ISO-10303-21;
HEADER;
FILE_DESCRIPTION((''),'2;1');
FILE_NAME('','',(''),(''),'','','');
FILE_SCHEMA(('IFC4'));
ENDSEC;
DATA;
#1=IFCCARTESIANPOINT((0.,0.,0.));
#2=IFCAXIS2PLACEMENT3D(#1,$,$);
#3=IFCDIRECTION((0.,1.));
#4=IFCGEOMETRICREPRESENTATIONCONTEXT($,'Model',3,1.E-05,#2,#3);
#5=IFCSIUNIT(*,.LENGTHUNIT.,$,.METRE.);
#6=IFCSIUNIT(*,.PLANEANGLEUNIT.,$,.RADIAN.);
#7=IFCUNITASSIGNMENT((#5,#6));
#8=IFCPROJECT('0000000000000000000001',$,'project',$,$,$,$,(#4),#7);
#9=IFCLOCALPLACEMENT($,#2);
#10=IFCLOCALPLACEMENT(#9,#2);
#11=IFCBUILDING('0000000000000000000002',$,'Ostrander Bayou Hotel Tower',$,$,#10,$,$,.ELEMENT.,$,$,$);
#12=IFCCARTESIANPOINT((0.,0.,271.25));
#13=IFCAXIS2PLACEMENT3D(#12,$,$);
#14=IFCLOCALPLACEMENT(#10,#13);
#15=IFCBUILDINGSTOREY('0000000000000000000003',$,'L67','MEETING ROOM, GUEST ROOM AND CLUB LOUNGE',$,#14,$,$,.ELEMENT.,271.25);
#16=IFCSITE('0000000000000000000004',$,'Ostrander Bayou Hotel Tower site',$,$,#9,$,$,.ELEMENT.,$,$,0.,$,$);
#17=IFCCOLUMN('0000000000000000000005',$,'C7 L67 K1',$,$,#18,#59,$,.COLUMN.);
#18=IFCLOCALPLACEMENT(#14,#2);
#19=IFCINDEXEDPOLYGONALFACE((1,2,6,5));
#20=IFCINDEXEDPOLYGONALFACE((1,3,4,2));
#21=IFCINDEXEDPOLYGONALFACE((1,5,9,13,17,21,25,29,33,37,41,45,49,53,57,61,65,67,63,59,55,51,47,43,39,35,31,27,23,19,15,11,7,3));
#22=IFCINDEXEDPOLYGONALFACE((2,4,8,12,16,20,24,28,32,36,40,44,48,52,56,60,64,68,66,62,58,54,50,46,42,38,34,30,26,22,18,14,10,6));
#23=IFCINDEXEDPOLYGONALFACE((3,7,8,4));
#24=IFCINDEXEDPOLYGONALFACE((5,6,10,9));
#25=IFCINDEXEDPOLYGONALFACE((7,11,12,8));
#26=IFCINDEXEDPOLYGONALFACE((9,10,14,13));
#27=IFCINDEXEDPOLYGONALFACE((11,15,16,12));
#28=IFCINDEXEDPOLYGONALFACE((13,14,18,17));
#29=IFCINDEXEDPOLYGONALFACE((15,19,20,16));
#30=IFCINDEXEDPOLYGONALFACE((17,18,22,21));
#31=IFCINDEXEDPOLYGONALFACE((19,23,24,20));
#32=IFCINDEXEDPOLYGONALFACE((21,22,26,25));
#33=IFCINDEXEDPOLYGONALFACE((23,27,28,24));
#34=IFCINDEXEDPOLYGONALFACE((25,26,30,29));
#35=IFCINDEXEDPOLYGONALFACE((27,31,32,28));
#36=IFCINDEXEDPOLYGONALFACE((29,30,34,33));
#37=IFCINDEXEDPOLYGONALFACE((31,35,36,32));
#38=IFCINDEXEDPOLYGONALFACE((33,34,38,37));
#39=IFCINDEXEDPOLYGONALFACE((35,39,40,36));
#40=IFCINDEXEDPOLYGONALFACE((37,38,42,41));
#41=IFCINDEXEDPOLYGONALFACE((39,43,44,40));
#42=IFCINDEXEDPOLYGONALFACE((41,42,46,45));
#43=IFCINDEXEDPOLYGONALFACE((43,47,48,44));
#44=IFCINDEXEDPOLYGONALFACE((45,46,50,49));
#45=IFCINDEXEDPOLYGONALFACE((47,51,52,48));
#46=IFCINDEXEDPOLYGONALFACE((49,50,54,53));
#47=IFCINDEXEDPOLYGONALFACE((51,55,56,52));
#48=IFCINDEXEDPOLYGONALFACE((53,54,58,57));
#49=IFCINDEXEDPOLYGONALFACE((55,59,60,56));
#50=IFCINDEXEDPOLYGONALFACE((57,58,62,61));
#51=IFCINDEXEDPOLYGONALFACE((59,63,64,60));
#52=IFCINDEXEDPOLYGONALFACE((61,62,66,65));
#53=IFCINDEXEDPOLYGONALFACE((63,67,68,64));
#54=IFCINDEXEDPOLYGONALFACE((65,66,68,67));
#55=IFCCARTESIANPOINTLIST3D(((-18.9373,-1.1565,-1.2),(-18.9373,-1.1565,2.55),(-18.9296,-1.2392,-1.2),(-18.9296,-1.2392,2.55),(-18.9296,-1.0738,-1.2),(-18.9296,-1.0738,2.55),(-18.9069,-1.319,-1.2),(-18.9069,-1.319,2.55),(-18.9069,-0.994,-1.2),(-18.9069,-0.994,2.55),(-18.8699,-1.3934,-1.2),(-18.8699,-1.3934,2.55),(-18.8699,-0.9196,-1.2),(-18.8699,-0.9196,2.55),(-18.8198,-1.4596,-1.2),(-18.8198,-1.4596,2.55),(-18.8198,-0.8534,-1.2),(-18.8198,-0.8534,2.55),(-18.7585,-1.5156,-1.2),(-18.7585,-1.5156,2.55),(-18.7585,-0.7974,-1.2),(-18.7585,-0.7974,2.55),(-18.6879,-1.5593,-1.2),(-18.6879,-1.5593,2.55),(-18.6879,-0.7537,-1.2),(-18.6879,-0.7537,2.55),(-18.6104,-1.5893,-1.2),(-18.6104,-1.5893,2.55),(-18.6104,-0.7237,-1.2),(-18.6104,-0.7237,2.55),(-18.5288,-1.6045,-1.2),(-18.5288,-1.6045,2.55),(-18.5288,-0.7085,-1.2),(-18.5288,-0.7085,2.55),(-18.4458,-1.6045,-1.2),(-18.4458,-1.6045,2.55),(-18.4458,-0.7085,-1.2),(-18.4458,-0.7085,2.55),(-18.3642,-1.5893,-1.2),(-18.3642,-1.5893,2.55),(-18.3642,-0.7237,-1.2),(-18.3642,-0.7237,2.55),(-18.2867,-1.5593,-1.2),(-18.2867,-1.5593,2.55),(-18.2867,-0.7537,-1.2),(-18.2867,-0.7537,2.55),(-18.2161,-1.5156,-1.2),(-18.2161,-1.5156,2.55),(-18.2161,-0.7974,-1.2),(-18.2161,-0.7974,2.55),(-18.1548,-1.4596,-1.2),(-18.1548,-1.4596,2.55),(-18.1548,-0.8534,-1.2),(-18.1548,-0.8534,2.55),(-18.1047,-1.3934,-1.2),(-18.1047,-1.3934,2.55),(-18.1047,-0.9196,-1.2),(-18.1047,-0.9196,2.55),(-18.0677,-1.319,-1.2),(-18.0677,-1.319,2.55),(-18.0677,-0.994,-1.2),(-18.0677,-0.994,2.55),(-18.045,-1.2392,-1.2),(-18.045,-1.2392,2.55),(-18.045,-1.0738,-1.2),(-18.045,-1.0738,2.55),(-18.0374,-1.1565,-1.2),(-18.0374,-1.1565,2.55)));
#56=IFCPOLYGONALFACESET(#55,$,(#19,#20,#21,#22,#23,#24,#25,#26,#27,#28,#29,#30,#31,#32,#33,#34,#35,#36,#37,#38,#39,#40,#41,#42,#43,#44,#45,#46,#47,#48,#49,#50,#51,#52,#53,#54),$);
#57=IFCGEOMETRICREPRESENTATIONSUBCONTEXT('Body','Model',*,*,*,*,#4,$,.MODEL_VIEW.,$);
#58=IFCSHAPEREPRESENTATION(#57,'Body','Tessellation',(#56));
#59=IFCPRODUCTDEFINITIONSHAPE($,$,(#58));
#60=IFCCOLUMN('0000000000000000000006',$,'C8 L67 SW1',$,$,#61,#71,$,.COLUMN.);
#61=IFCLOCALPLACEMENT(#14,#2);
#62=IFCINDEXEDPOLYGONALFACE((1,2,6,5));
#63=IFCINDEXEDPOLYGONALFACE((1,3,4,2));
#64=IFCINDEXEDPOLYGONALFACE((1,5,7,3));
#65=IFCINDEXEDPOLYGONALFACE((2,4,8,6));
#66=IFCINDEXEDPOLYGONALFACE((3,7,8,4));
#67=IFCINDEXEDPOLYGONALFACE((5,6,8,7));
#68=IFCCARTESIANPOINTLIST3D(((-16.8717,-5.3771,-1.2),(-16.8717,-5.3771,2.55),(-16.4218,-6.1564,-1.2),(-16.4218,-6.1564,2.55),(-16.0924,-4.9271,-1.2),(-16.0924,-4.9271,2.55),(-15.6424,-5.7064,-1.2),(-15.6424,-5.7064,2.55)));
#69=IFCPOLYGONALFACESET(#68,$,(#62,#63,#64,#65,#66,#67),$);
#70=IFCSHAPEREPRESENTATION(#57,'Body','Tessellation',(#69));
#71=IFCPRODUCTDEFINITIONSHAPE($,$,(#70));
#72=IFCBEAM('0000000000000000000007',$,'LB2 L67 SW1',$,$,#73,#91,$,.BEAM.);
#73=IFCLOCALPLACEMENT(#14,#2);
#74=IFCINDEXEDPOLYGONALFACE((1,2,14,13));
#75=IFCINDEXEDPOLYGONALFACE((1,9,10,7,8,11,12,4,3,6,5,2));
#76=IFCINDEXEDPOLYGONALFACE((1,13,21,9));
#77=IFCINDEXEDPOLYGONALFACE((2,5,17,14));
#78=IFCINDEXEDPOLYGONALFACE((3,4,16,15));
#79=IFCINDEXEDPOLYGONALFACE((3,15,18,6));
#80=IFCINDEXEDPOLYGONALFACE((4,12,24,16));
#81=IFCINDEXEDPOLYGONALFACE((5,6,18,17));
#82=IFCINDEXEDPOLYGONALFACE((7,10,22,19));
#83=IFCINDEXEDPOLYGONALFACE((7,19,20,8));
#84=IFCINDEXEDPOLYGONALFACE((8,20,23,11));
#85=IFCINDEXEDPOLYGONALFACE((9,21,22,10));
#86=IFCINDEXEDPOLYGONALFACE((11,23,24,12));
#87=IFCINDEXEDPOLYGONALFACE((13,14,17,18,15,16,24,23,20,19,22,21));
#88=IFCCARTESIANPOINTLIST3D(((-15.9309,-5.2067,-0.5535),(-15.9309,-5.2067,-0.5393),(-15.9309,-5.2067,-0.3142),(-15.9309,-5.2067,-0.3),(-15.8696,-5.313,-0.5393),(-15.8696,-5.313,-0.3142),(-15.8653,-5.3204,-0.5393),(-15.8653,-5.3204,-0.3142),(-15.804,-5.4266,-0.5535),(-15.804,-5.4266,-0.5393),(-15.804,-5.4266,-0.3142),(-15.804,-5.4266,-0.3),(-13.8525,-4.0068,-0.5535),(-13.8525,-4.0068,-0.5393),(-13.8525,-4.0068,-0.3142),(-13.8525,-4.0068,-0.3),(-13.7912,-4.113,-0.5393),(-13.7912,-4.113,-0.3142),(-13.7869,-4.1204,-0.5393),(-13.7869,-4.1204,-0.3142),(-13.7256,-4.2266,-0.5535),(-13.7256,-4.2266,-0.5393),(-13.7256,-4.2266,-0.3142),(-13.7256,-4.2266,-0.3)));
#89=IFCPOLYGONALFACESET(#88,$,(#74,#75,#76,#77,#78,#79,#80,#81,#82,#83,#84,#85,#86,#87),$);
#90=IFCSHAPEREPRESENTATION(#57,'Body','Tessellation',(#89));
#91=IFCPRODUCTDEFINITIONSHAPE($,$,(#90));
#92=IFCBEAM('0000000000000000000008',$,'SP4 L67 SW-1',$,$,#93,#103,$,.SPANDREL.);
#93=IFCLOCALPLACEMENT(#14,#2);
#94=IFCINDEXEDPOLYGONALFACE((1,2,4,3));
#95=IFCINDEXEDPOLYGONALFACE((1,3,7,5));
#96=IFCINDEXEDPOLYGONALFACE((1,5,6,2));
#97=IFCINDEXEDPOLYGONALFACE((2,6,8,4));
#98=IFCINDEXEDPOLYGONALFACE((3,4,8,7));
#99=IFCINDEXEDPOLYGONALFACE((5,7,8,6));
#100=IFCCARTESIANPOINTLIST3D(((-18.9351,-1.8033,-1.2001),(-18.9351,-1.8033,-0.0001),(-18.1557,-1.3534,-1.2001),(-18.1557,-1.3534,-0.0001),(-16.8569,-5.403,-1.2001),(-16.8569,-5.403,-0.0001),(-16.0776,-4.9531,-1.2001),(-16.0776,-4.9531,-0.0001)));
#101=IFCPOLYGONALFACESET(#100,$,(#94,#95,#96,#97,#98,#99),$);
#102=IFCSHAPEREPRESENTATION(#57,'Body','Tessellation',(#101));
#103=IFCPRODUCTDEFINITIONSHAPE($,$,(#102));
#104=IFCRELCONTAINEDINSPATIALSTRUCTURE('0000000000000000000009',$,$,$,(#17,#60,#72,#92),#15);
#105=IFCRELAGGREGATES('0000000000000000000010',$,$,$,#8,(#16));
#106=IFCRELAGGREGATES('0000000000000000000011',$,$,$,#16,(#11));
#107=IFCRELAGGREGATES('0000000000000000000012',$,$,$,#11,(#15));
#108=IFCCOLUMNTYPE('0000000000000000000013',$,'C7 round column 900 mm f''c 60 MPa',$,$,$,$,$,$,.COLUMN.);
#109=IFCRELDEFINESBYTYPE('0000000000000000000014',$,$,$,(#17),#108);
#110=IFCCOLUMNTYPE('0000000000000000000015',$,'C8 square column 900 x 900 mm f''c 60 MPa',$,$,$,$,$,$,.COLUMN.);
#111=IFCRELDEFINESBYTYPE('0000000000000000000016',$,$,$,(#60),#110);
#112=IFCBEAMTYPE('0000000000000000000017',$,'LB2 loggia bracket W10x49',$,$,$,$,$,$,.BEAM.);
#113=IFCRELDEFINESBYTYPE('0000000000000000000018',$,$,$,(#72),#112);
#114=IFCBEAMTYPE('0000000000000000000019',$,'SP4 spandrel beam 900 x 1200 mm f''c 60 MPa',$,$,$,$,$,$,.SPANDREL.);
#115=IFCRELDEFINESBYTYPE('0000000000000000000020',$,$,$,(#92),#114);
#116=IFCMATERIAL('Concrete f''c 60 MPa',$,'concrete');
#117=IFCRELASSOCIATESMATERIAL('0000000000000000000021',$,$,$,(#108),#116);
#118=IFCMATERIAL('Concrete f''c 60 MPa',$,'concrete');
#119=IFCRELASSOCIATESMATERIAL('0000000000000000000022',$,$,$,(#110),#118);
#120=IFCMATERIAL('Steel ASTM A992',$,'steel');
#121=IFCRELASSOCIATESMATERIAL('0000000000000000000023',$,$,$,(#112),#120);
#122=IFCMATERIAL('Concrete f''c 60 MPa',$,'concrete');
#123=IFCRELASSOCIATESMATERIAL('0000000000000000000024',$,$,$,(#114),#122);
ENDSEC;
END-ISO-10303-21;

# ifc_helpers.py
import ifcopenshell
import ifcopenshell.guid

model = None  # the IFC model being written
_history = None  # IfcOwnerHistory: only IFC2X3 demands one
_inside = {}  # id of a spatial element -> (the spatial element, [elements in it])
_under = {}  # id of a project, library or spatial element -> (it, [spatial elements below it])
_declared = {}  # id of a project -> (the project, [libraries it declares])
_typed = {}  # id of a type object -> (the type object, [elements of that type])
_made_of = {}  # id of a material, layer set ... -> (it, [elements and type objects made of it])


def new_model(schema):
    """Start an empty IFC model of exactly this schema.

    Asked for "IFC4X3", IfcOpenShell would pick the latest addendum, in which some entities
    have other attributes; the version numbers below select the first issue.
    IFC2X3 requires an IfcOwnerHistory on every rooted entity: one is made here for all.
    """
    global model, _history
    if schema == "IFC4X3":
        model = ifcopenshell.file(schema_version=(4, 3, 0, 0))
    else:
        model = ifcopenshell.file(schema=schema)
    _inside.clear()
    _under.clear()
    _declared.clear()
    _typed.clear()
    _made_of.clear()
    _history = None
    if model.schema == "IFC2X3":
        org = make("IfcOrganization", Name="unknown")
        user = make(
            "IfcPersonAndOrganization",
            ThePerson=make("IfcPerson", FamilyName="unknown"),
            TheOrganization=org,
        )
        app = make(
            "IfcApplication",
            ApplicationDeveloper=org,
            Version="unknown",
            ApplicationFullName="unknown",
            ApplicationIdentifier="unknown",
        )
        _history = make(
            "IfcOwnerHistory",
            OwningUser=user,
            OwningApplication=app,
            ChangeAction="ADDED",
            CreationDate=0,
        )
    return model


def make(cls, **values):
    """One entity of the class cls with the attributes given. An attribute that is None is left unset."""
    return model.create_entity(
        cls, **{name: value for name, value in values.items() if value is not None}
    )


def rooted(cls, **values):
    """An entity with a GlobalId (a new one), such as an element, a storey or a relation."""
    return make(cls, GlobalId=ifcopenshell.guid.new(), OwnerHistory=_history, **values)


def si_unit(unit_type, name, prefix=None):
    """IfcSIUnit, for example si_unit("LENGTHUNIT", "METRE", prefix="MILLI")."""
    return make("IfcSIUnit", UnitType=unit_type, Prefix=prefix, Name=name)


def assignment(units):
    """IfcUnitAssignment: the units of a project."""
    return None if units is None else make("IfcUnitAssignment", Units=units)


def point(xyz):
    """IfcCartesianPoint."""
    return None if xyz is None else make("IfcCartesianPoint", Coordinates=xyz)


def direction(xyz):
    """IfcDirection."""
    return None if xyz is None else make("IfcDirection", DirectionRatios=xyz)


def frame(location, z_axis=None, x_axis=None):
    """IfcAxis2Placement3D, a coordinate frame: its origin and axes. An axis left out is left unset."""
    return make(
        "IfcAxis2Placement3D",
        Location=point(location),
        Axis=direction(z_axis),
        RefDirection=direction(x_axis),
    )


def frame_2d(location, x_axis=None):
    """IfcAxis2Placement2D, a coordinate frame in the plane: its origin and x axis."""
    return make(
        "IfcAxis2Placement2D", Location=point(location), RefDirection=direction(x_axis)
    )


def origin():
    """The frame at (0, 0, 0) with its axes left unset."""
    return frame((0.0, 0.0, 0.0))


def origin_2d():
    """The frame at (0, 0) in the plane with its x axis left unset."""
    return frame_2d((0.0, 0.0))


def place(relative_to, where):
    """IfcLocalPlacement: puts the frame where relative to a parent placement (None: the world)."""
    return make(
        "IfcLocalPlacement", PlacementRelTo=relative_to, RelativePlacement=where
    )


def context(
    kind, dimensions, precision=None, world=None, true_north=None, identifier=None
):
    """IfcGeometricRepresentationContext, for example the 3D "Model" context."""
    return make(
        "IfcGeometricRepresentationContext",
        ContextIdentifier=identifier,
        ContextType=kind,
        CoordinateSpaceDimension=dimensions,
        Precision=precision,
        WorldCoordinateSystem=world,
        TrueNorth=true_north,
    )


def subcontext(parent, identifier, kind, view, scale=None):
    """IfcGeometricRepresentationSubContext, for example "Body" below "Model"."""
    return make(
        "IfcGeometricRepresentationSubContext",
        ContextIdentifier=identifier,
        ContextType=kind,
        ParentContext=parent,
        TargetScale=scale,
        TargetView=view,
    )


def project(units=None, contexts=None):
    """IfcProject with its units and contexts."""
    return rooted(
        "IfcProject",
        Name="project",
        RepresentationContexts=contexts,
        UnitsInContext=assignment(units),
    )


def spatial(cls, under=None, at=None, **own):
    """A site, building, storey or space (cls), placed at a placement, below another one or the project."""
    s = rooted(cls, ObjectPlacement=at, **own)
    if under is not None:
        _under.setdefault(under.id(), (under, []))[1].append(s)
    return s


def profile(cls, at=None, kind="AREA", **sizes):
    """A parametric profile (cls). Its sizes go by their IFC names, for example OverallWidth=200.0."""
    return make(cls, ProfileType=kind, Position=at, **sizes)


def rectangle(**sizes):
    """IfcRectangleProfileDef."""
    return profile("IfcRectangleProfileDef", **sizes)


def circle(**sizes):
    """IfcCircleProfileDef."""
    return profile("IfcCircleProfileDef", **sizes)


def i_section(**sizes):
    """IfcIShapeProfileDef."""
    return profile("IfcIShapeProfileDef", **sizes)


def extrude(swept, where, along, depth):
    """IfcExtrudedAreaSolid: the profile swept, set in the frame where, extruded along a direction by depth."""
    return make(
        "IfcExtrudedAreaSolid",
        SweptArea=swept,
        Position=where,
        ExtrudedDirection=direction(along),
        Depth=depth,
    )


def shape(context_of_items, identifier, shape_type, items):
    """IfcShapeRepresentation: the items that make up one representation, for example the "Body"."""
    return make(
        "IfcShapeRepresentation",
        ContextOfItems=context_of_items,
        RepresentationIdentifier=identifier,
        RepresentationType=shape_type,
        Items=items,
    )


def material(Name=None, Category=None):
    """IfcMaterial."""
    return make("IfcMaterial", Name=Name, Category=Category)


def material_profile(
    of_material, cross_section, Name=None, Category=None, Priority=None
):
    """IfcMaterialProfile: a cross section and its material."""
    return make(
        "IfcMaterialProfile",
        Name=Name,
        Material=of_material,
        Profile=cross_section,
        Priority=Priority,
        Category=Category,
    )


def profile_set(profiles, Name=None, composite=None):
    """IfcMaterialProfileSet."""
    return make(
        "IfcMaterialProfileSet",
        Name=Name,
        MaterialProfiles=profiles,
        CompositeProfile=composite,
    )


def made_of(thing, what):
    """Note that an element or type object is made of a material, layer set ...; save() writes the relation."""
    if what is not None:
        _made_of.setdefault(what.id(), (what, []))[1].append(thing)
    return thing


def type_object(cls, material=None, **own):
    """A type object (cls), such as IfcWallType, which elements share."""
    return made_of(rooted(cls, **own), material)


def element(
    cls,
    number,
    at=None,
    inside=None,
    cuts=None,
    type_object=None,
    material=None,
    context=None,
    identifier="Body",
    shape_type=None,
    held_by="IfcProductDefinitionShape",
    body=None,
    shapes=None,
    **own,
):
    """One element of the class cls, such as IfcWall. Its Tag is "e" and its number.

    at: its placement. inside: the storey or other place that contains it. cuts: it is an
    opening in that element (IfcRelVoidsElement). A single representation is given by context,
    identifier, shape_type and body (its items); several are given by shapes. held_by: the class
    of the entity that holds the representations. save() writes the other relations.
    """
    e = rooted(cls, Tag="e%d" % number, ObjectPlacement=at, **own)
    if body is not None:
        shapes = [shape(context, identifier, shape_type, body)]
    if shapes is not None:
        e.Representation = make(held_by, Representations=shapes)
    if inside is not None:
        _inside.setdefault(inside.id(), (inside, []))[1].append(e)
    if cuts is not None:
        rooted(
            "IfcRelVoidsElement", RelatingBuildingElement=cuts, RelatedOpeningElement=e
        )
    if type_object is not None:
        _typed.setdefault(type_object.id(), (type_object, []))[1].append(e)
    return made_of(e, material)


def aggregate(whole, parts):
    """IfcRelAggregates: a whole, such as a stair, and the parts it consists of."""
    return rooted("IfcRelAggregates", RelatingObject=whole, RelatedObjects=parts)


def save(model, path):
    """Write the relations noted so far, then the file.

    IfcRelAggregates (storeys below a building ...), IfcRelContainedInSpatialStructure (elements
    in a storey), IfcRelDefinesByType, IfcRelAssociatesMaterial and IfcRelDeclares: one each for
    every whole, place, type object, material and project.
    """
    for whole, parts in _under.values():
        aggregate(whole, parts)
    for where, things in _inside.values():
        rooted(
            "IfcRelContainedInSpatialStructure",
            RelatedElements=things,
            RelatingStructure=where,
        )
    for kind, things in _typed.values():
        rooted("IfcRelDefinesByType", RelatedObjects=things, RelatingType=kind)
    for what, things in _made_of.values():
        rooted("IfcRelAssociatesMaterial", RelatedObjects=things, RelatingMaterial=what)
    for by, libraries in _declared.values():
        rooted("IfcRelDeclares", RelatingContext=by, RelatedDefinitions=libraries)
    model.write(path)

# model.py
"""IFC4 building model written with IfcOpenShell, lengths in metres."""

from ifc_helpers import new_model, si_unit, direction, frame, origin, origin_2d, place, context, subcontext, project, spatial, rectangle, circle, i_section, extrude, material, material_profile, profile_set, type_object, element, save


model = new_model("IFC4")

# Units and contexts
model_context = context("Model", 3, precision=1e-05, world=origin(), true_north=direction((0.0, 1.0)))
body_context = subcontext(model_context, "Body", "Model", "MODEL_VIEW")
ifc_project = project(units=[si_unit("LENGTHUNIT", "METRE"), si_unit("PLANEANGLEUNIT", "RADIAN")], contexts=[model_context])

# Site, building, storey
site_placement = place(None, origin())
site = spatial("IfcSite", under=ifc_project, at=site_placement, Name="Ostrander Bayou Hotel Tower site", CompositionType="ELEMENT", RefElevation=0.0)
building_placement = place(site_placement, origin())
building = spatial("IfcBuilding", under=site, at=building_placement, Name="Ostrander Bayou Hotel Tower", CompositionType="ELEMENT")
storey_placement = place(building_placement, frame((0.0, 0.0, 271.25)))
storey = spatial("IfcBuildingStorey", under=building, at=storey_placement, Name="L67", Description="MEETING ROOM, GUEST ROOM AND CLUB LOUNGE", CompositionType="ELEMENT", Elevation=271.25)

# Columns
ifc_material_1 = material(Name="Concrete f'c 60 MPa", Category="concrete")
ifc_material_profile_1 = material_profile(ifc_material_1, circle(Radius=0.45, at=origin_2d()))
ifc_profile_set_1 = profile_set([ifc_material_profile_1], Name="Concrete f'c 60 MPa")
column_type_1 = type_object("IfcColumnType", Name="C7 round column 900 mm f'c 60 MPa", PredefinedType="COLUMN", material=ifc_profile_set_1)
column_1_placement = place(storey_placement, frame((-18.4873, -1.1565, -1.2), z_axis=(0.0, 0.0, 1.0), x_axis=(1.0, 0.0, 0.0)))
element("IfcColumn", 1, at=column_1_placement, inside=storey, type_object=column_type_1, Name="C7 L67 K1", PredefinedType="COLUMN", context=body_context, shape_type="SweptSolid", body=[
    extrude(circle(Radius=0.45, at=origin_2d()), origin(), (0.0, 0.0, 1.0), 3.75),
])
ifc_material_2 = material(Name="Concrete f'c 60 MPa", Category="concrete")
ifc_material_profile_2 = material_profile(ifc_material_2, rectangle(XDim=0.8999, YDim=0.8999, at=origin_2d()))
ifc_profile_set_2 = profile_set([ifc_material_profile_2], Name="Concrete f'c 60 MPa")
column_type_2 = type_object("IfcColumnType", Name="C8 square column 900 x 900 mm f'c 60 MPa", PredefinedType="COLUMN", material=ifc_profile_set_2)
column_2_placement = place(storey_placement, frame((-16.2571, -5.5417, -1.2), z_axis=(0.0, 0.0, 1.0), x_axis=(-0.5, 0.866025, 0.0)))
element("IfcColumn", 2, at=column_2_placement, inside=storey, type_object=column_type_2, Name="C8 L67 SW1", PredefinedType="COLUMN", context=body_context, shape_type="SweptSolid", body=[
    extrude(rectangle(XDim=0.8999, YDim=0.8999, at=origin_2d()), origin(), (0.0, 0.0, 1.0), 3.75),
])

# Beams
ifc_material_3 = material(Name="Steel ASTM A992", Category="steel")
ifc_material_profile_3 = material_profile(ifc_material_3, i_section(OverallWidth=0.2539, OverallDepth=0.2534, WebThickness=0.0085, FlangeThickness=0.0142, at=origin_2d()))
ifc_profile_set_3 = profile_set([ifc_material_profile_3], Name="Steel ASTM A992")
beam_type_1 = type_object("IfcBeamType", Name="LB2 loggia bracket W10x49", PredefinedType="BEAM", material=ifc_profile_set_3)
beam_1_placement = place(storey_placement, frame((-15.8674, -5.3167, -0.4268), z_axis=(0.866025, 0.500001, 0.0), x_axis=(-0.500001, 0.866025, 0.0)))
element("IfcBeam", 3, at=beam_1_placement, inside=storey, type_object=beam_type_1, Name="LB2 L67 SW1", PredefinedType="BEAM", context=body_context, shape_type="SweptSolid", body=[
    extrude(i_section(OverallWidth=0.2539, OverallDepth=0.2534, WebThickness=0.0085, FlangeThickness=0.0142, at=origin_2d()), origin(), (0.0, 0.0, 1.0), 2.3999),
])
ifc_material_4 = material(Name="Concrete f'c 60 MPa", Category="concrete")
ifc_material_profile_4 = material_profile(ifc_material_4, rectangle(XDim=0.8999, YDim=1.2, at=origin_2d()))
ifc_profile_set_4 = profile_set([ifc_material_profile_4], Name="Concrete f'c 60 MPa")
beam_type_2 = type_object("IfcBeamType", Name="SP4 spandrel beam 900 x 1200 mm f'c 60 MPa", PredefinedType="SPANDREL", material=ifc_profile_set_4)
beam_2_placement = place(storey_placement, frame((-18.5454, -1.5784, -0.6001), z_axis=(0.49998, -0.866037, 0.0), x_axis=(0.866037, 0.49998, 0.0)))
element("IfcBeam", 4, at=beam_2_placement, inside=storey, type_object=beam_type_2, Name="SP4 L67 SW-1", PredefinedType="SPANDREL", context=body_context, shape_type="SweptSolid", body=[
    extrude(rectangle(XDim=0.8999, YDim=1.2, at=origin_2d()), origin(), (0.0, 0.0, 1.0), 4.1565),
])

save(model, "model.ifc")
